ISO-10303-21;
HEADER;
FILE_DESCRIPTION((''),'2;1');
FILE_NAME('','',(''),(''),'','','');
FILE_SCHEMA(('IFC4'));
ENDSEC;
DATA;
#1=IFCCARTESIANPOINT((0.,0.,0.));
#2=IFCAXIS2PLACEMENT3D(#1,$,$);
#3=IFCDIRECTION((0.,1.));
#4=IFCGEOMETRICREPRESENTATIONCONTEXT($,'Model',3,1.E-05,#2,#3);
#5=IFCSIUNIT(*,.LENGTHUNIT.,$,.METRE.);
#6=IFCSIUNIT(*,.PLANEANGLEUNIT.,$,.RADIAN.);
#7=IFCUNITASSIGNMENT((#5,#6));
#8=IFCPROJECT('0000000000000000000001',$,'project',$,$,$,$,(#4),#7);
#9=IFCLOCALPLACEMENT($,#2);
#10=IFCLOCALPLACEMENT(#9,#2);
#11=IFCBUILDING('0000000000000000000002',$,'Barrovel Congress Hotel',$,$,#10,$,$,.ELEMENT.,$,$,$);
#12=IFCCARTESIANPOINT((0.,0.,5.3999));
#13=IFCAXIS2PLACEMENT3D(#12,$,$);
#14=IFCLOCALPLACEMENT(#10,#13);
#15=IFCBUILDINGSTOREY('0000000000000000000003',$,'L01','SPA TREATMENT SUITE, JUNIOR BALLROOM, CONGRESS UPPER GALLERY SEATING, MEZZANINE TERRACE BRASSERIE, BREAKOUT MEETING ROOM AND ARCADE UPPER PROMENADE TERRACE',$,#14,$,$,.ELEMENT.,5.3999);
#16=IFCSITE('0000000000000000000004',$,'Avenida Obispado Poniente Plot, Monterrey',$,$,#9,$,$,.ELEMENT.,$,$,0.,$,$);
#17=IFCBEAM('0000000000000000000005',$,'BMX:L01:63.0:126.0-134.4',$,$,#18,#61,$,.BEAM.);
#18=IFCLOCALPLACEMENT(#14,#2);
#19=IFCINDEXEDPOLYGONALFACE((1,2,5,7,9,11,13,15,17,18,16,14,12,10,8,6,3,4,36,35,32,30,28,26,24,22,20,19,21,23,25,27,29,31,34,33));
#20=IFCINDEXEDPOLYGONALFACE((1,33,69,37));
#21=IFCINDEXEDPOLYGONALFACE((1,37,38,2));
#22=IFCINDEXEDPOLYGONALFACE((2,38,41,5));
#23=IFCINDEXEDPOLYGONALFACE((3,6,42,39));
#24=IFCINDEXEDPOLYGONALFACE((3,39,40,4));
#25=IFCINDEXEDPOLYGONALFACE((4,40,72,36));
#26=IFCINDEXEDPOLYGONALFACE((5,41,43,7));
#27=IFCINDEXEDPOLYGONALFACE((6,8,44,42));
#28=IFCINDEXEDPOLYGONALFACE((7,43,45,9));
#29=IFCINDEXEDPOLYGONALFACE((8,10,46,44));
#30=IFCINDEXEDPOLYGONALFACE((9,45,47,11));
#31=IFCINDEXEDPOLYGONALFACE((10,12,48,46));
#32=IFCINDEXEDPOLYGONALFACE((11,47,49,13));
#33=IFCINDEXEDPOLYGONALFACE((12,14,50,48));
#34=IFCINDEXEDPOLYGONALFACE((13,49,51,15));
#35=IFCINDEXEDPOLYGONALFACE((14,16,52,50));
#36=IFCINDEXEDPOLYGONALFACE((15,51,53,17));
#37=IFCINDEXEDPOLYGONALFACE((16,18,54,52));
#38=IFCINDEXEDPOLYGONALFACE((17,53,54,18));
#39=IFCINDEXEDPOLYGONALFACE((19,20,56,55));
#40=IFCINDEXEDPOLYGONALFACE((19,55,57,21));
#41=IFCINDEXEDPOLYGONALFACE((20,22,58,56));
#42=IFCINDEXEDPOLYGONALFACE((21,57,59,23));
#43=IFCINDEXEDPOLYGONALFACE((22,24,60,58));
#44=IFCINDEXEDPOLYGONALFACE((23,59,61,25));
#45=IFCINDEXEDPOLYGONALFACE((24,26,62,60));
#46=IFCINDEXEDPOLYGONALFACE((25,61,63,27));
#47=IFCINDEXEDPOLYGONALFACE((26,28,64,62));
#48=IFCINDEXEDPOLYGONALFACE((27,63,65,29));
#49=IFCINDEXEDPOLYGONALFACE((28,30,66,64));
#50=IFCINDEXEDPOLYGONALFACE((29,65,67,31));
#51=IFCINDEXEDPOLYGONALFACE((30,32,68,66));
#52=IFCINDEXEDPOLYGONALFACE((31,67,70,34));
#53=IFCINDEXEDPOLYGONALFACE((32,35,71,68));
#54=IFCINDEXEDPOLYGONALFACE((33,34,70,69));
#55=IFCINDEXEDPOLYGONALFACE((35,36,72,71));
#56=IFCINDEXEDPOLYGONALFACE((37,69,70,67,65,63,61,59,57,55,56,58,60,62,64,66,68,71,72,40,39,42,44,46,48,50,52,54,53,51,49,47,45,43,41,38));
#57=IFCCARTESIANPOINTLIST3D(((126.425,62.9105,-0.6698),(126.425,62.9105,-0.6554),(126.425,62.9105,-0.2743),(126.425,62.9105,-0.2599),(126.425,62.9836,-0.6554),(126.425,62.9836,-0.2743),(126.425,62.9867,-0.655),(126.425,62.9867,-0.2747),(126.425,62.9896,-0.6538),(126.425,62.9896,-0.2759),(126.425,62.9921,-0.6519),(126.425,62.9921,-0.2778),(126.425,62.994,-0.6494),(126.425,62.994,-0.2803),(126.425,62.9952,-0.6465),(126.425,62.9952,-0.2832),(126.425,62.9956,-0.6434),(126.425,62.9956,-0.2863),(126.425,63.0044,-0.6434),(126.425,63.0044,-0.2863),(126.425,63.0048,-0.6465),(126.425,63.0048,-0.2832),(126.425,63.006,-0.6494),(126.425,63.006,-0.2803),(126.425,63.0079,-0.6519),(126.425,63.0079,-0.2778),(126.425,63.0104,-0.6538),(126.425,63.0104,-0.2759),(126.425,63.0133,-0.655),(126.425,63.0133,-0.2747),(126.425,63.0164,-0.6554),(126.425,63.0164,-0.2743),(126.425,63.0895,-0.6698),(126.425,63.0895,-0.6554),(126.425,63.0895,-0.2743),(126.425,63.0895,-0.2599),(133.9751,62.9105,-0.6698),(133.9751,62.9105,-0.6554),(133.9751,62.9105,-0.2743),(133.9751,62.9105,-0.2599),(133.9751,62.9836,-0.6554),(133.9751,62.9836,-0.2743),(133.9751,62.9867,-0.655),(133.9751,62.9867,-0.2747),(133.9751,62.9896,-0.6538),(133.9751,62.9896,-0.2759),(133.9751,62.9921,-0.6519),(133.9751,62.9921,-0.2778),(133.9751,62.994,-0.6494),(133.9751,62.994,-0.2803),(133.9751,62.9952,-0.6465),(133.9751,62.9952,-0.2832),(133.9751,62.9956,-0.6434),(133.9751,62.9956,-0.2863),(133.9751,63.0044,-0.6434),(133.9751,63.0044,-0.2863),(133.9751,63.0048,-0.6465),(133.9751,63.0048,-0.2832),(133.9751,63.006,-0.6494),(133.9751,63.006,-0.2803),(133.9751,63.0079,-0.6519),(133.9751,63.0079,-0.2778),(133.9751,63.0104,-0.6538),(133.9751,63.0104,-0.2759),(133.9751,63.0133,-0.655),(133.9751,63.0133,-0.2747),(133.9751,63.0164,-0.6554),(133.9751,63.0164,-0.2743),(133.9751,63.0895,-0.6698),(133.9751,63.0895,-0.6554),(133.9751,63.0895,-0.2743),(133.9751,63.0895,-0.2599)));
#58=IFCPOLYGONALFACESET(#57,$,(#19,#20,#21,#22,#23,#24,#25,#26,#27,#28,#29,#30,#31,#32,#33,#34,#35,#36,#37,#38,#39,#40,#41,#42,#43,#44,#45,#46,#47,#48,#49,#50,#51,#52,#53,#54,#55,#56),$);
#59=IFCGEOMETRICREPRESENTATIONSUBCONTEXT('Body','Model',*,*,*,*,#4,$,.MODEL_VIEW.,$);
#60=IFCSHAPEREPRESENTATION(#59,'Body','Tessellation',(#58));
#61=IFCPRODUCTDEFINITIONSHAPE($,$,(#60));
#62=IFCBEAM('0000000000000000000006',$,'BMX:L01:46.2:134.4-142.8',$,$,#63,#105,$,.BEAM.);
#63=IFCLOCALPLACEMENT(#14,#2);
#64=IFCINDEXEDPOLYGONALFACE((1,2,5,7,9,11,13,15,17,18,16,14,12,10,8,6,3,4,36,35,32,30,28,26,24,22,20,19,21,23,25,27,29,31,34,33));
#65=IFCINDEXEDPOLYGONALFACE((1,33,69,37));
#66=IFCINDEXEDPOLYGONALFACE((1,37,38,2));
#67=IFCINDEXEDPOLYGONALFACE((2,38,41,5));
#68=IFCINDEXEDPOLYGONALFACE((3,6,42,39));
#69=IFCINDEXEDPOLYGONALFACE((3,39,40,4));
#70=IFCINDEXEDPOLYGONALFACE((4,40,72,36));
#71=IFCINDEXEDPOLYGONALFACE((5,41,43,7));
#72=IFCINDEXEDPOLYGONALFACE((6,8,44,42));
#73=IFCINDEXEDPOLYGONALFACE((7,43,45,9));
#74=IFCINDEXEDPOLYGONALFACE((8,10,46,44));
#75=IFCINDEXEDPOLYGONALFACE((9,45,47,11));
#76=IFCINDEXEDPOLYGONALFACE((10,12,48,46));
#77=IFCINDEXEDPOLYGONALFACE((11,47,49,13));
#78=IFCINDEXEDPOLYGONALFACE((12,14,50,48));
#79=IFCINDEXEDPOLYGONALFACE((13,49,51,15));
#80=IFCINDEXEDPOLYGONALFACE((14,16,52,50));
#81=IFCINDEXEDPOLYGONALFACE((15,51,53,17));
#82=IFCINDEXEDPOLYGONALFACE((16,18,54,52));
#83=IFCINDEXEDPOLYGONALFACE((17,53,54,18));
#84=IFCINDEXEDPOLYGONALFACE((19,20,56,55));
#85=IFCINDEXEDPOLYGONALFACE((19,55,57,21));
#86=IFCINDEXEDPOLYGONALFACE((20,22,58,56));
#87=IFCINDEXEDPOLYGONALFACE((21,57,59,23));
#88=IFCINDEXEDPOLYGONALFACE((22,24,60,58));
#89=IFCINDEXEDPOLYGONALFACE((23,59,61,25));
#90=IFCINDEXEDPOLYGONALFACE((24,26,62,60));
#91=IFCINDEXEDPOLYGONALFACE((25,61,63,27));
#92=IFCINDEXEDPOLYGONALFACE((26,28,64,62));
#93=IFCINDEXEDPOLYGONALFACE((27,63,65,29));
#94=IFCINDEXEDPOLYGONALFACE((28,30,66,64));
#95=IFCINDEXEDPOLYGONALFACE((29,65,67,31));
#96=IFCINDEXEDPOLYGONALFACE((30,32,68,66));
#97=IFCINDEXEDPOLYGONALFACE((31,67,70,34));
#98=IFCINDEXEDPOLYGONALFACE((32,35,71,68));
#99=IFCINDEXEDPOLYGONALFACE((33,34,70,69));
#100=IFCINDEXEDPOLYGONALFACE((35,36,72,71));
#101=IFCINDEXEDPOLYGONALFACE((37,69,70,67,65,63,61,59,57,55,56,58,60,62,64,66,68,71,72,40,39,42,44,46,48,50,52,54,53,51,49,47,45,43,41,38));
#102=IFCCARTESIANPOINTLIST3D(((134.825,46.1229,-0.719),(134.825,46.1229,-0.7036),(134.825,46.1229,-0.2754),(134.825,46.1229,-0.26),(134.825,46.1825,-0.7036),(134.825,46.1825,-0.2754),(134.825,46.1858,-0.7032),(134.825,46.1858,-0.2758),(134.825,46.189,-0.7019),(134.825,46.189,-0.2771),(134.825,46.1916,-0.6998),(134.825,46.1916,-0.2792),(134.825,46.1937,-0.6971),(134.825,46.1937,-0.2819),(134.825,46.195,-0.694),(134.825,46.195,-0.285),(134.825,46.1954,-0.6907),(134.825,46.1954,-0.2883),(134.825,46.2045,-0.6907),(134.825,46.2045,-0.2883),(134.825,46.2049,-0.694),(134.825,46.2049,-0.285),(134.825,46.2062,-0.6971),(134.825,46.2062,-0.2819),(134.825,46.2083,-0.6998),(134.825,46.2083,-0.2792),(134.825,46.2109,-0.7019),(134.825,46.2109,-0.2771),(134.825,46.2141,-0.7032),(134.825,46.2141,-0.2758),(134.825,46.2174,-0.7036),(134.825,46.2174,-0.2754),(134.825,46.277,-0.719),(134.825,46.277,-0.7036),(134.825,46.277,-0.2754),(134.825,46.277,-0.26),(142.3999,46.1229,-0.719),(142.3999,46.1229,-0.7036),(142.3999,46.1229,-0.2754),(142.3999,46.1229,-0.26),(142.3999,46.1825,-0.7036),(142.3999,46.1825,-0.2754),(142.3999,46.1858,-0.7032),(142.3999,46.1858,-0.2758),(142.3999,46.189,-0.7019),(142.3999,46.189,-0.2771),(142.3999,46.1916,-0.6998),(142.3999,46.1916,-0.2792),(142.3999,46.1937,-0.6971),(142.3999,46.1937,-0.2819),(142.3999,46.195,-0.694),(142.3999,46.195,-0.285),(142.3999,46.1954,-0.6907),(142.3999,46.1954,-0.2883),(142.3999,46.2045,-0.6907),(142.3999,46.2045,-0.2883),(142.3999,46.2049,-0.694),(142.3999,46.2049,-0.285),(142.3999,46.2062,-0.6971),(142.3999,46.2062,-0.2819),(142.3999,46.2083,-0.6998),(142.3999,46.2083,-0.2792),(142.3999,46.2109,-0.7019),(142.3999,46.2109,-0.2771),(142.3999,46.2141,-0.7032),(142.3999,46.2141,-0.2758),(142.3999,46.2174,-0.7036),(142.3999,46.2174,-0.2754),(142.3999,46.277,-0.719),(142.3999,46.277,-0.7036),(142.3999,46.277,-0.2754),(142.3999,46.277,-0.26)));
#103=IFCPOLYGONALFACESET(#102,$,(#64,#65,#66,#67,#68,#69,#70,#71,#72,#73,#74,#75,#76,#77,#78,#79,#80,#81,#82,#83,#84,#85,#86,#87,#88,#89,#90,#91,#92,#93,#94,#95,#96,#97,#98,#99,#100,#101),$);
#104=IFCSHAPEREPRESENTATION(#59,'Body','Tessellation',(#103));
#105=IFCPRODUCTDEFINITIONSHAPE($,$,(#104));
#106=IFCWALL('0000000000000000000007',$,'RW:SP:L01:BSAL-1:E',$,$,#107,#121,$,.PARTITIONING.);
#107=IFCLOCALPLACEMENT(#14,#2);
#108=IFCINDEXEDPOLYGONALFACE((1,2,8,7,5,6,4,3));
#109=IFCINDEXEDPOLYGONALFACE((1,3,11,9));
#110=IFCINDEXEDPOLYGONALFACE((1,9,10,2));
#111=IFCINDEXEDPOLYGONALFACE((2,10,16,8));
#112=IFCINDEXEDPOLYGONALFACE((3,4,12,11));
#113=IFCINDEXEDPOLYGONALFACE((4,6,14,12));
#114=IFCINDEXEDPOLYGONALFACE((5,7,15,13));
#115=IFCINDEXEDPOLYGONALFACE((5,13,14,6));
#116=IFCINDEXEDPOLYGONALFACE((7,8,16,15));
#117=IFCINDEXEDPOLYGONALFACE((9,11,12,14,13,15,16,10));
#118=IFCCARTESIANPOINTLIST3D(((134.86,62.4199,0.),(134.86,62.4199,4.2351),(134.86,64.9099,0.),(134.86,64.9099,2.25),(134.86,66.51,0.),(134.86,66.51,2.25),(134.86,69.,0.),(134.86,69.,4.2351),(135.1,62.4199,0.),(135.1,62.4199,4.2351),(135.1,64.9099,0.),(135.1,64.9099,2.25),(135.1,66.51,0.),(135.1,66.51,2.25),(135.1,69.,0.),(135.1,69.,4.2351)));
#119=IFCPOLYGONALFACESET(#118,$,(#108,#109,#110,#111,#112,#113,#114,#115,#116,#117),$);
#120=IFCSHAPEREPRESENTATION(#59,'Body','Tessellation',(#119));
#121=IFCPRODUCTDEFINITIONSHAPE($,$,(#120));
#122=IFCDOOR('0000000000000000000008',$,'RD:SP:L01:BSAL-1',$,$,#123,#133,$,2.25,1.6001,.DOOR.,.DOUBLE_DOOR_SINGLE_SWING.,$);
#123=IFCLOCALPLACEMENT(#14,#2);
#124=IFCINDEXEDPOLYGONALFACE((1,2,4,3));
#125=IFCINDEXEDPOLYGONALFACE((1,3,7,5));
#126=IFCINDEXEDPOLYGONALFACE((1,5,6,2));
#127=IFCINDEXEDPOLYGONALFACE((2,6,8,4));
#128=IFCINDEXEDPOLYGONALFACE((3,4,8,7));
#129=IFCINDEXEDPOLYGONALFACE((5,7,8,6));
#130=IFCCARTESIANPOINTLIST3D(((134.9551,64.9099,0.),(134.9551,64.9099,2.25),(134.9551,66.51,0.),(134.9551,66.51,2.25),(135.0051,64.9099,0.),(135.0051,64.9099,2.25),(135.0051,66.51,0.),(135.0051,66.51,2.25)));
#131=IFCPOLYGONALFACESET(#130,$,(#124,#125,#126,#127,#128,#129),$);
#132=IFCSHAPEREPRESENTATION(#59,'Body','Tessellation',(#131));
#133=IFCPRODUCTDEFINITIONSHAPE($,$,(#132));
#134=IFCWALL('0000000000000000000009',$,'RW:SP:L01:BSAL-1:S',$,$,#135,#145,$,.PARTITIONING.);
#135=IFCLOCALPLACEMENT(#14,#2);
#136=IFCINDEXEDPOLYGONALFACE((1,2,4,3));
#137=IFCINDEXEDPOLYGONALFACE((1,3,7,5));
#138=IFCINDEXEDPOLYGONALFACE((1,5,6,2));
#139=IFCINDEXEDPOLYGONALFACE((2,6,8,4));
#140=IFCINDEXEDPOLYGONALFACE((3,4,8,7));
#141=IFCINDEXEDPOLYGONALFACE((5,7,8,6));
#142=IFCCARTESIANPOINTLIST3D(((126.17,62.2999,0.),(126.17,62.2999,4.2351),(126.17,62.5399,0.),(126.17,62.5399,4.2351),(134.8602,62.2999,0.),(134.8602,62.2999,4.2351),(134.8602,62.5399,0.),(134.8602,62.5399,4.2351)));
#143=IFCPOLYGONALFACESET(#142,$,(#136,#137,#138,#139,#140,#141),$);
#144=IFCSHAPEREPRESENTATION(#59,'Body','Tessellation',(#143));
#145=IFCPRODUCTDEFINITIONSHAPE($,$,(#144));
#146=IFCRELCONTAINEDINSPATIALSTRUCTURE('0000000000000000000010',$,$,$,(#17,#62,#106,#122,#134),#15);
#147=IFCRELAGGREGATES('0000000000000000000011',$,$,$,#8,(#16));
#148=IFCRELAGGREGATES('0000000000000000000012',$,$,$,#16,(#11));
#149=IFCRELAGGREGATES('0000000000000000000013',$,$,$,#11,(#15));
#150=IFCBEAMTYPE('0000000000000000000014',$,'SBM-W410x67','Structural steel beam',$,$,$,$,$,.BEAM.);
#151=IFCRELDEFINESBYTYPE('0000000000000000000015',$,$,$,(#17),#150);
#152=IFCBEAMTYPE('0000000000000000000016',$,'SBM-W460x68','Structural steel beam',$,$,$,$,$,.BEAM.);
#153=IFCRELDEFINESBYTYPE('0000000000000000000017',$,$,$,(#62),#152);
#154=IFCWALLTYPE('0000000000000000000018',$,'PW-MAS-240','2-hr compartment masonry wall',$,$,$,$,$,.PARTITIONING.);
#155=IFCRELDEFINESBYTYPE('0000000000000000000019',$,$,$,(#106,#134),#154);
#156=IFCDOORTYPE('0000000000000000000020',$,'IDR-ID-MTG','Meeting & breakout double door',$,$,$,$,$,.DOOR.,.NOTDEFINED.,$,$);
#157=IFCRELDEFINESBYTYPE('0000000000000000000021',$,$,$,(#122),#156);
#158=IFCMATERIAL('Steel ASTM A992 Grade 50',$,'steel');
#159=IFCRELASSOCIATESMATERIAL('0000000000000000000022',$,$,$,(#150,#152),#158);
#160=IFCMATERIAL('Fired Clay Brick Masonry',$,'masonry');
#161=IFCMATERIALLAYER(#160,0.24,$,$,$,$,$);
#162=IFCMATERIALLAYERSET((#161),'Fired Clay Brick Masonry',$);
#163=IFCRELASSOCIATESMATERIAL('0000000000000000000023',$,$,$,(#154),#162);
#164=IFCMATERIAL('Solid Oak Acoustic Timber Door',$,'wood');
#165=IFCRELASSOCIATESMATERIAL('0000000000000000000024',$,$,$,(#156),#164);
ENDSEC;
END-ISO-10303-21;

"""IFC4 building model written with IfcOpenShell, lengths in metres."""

from ifc_helpers import new_model, si_unit, direction, frame, frame_2d, origin, origin_2d, place, context, subcontext, project, spatial, rectangle, i_section, extrude, material, layer, layer_set, material_profile, profile_set, type_object, element, fill, save


model = new_model("IFC4")

# Units and contexts
model_context = context("Model", 3, precision=1e-05, world=origin(), true_north=direction((0.0, 1.0)))
body_context = subcontext(model_context, "Body", "Model", "MODEL_VIEW")
ifc_project = project(units=[si_unit("LENGTHUNIT", "METRE"), si_unit("PLANEANGLEUNIT", "RADIAN")], contexts=[model_context])

# Site, building, storey
site_placement = place(None, origin())
site = spatial("IfcSite", under=ifc_project, at=site_placement, Name="Avenida Obispado Poniente Plot, Monterrey", CompositionType="ELEMENT", RefElevation=0.0)
building_placement = place(site_placement, origin())
building = spatial("IfcBuilding", under=site, at=building_placement, Name="Barrovel Congress Hotel", CompositionType="ELEMENT")
storey_placement = place(building_placement, frame((0.0, 0.0, 5.3999)))
storey = spatial("IfcBuildingStorey", under=building, at=storey_placement, Name="L01", Description="SPA TREATMENT SUITE, JUNIOR BALLROOM, CONGRESS UPPER GALLERY SEATING, MEZZANINE TERRACE BRASSERIE, BREAKOUT MEETING ROOM AND ARCADE UPPER PROMENADE TERRACE", CompositionType="ELEMENT", Elevation=5.3999)

# Beams
ifc_material_1 = material(Name="Steel ASTM A992 Grade 50", Category="steel")
ifc_material_profile_1 = material_profile(ifc_material_1, i_section(OverallWidth=0.179, OverallDepth=0.4099, WebThickness=0.0088, FlangeThickness=0.0144, FilletRadius=0.012, at=origin_2d()), Name="W410x67")
ifc_profile_set_1 = profile_set([ifc_material_profile_1], Name="Steel ASTM A992 Grade 50")
beam_type_1 = type_object("IfcBeamType", Name="SBM-W410x67", Description="Structural steel beam", PredefinedType="BEAM", material=ifc_profile_set_1)
beam_1_placement = place(storey_placement, frame((126.425, 63.0, -0.4648), z_axis=(1.0, 0.0, 0.0), x_axis=(0.0, 1.0, 0.0)))
element("IfcBeam", 1, at=beam_1_placement, inside=storey, type_object=beam_type_1, Name="BMX:L01:63.0:126.0-134.4", PredefinedType="BEAM", context=body_context, shape_type="SweptSolid", body=[
    extrude(i_section(OverallWidth=0.179, OverallDepth=0.4099, WebThickness=0.0088, FlangeThickness=0.0144, FilletRadius=0.012, at=origin_2d()), origin(), (0.0, 0.0, 1.0), 7.55),
])
ifc_material_profile_2 = material_profile(ifc_material_1, i_section(OverallWidth=0.1541, OverallDepth=0.459, WebThickness=0.009, FlangeThickness=0.0154, FilletRadius=0.0129, at=origin_2d()), Name="W460x68")
ifc_profile_set_2 = profile_set([ifc_material_profile_2], Name="Steel ASTM A992 Grade 50")
beam_type_2 = type_object("IfcBeamType", Name="SBM-W460x68", Description="Structural steel beam", PredefinedType="BEAM", material=ifc_profile_set_2)
beam_2_placement = place(storey_placement, frame((134.825, 46.2, -0.4895), z_axis=(1.0, 0.0, 0.0), x_axis=(0.0, 1.0, 0.0)))
element("IfcBeam", 2, at=beam_2_placement, inside=storey, type_object=beam_type_2, Name="BMX:L01:46.2:134.4-142.8", PredefinedType="BEAM", context=body_context, shape_type="SweptSolid", body=[
    extrude(i_section(OverallWidth=0.1541, OverallDepth=0.459, WebThickness=0.009, FlangeThickness=0.0154, FilletRadius=0.0129, at=origin_2d()), origin(), (0.0, 0.0, 1.0), 7.575),
])

# Wall, opening, door
ifc_material_2 = material(Name="Fired Clay Brick Masonry", Category="masonry")
ifc_layer = layer(ifc_material_2, 0.24)
ifc_layer_set = layer_set([ifc_layer], Name="Fired Clay Brick Masonry")
wall_type = type_object("IfcWallType", Name="PW-MAS-240", Description="2-hr compartment masonry wall", PredefinedType="PARTITIONING", material=ifc_layer_set)
wall_1_placement = place(storey_placement, frame((134.98, 62.4199, 0.0), z_axis=(0.0, 0.0, 1.0), x_axis=(0.0, 1.0, 0.0)))
wall_1 = element("IfcWall", 3, at=wall_1_placement, inside=storey, type_object=wall_type, Name="RW:SP:L01:BSAL-1:E", PredefinedType="PARTITIONING", context=body_context, shape_type="SweptSolid", body=[
    extrude(rectangle(XDim=6.5801, YDim=0.24, at=frame_2d((3.29, 0.0))), origin(), (0.0, 0.0, 1.0), 4.2351),
])
opening_placement = place(wall_1_placement, frame((2.49, 0.0, 0.0)))
opening = element("IfcOpeningElement", 4, at=opening_placement, cuts=wall_1, PredefinedType="OPENING", context=body_context, shape_type="SweptSolid", body=[
    extrude(rectangle(XDim=1.6001, YDim=2.25, at=frame_2d((0.8, 1.125))), frame((0.0, 0.1299, 0.0), z_axis=(0.0, -1.0, 0.0), x_axis=(1.0, 0.0, 0.0)), (0.0, 0.0, 1.0), 0.26),
])
ifc_material_3 = material(Name="Solid Oak Acoustic Timber Door", Category="wood")
door_type = type_object("IfcDoorType", Name="IDR-ID-MTG", Description="Meeting & breakout double door", OperationType="NOTDEFINED", PredefinedType="DOOR", material=ifc_material_3)
door_placement = place(opening_placement, origin())
door = element("IfcDoor", 5, at=door_placement, inside=storey, type_object=door_type, Name="RD:SP:L01:BSAL-1", OperationType="DOUBLE_DOOR_SINGLE_SWING", OverallHeight=2.25, OverallWidth=1.6001, PredefinedType="DOOR", context=body_context, shape_type="SweptSolid", body=[
    extrude(rectangle(XDim=1.6001, YDim=2.25, at=frame_2d((0.8, 1.125))), frame((0.0, 0.0249, 0.0), z_axis=(0.0, -1.0, 0.0), x_axis=(1.0, 0.0, 0.0)), (0.0, 0.0, 1.0), 0.05),
])
fill(opening, door)

# Wall
wall_2_placement = place(storey_placement, frame((126.1699, 62.4199, 0.0), z_axis=(0.0, 0.0, 1.0), x_axis=(1.0, 0.0, 0.0)))
element("IfcWall", 6, at=wall_2_placement, inside=storey, type_object=wall_type, Name="RW:SP:L01:BSAL-1:S", PredefinedType="PARTITIONING", context=body_context, shape_type="SweptSolid", body=[
    extrude(rectangle(XDim=8.6902, YDim=0.24, at=frame_2d((4.3452, 0.0))), origin(), (0.0, 0.0, 1.0), 4.2351),
])

save(model, "model.ifc")
